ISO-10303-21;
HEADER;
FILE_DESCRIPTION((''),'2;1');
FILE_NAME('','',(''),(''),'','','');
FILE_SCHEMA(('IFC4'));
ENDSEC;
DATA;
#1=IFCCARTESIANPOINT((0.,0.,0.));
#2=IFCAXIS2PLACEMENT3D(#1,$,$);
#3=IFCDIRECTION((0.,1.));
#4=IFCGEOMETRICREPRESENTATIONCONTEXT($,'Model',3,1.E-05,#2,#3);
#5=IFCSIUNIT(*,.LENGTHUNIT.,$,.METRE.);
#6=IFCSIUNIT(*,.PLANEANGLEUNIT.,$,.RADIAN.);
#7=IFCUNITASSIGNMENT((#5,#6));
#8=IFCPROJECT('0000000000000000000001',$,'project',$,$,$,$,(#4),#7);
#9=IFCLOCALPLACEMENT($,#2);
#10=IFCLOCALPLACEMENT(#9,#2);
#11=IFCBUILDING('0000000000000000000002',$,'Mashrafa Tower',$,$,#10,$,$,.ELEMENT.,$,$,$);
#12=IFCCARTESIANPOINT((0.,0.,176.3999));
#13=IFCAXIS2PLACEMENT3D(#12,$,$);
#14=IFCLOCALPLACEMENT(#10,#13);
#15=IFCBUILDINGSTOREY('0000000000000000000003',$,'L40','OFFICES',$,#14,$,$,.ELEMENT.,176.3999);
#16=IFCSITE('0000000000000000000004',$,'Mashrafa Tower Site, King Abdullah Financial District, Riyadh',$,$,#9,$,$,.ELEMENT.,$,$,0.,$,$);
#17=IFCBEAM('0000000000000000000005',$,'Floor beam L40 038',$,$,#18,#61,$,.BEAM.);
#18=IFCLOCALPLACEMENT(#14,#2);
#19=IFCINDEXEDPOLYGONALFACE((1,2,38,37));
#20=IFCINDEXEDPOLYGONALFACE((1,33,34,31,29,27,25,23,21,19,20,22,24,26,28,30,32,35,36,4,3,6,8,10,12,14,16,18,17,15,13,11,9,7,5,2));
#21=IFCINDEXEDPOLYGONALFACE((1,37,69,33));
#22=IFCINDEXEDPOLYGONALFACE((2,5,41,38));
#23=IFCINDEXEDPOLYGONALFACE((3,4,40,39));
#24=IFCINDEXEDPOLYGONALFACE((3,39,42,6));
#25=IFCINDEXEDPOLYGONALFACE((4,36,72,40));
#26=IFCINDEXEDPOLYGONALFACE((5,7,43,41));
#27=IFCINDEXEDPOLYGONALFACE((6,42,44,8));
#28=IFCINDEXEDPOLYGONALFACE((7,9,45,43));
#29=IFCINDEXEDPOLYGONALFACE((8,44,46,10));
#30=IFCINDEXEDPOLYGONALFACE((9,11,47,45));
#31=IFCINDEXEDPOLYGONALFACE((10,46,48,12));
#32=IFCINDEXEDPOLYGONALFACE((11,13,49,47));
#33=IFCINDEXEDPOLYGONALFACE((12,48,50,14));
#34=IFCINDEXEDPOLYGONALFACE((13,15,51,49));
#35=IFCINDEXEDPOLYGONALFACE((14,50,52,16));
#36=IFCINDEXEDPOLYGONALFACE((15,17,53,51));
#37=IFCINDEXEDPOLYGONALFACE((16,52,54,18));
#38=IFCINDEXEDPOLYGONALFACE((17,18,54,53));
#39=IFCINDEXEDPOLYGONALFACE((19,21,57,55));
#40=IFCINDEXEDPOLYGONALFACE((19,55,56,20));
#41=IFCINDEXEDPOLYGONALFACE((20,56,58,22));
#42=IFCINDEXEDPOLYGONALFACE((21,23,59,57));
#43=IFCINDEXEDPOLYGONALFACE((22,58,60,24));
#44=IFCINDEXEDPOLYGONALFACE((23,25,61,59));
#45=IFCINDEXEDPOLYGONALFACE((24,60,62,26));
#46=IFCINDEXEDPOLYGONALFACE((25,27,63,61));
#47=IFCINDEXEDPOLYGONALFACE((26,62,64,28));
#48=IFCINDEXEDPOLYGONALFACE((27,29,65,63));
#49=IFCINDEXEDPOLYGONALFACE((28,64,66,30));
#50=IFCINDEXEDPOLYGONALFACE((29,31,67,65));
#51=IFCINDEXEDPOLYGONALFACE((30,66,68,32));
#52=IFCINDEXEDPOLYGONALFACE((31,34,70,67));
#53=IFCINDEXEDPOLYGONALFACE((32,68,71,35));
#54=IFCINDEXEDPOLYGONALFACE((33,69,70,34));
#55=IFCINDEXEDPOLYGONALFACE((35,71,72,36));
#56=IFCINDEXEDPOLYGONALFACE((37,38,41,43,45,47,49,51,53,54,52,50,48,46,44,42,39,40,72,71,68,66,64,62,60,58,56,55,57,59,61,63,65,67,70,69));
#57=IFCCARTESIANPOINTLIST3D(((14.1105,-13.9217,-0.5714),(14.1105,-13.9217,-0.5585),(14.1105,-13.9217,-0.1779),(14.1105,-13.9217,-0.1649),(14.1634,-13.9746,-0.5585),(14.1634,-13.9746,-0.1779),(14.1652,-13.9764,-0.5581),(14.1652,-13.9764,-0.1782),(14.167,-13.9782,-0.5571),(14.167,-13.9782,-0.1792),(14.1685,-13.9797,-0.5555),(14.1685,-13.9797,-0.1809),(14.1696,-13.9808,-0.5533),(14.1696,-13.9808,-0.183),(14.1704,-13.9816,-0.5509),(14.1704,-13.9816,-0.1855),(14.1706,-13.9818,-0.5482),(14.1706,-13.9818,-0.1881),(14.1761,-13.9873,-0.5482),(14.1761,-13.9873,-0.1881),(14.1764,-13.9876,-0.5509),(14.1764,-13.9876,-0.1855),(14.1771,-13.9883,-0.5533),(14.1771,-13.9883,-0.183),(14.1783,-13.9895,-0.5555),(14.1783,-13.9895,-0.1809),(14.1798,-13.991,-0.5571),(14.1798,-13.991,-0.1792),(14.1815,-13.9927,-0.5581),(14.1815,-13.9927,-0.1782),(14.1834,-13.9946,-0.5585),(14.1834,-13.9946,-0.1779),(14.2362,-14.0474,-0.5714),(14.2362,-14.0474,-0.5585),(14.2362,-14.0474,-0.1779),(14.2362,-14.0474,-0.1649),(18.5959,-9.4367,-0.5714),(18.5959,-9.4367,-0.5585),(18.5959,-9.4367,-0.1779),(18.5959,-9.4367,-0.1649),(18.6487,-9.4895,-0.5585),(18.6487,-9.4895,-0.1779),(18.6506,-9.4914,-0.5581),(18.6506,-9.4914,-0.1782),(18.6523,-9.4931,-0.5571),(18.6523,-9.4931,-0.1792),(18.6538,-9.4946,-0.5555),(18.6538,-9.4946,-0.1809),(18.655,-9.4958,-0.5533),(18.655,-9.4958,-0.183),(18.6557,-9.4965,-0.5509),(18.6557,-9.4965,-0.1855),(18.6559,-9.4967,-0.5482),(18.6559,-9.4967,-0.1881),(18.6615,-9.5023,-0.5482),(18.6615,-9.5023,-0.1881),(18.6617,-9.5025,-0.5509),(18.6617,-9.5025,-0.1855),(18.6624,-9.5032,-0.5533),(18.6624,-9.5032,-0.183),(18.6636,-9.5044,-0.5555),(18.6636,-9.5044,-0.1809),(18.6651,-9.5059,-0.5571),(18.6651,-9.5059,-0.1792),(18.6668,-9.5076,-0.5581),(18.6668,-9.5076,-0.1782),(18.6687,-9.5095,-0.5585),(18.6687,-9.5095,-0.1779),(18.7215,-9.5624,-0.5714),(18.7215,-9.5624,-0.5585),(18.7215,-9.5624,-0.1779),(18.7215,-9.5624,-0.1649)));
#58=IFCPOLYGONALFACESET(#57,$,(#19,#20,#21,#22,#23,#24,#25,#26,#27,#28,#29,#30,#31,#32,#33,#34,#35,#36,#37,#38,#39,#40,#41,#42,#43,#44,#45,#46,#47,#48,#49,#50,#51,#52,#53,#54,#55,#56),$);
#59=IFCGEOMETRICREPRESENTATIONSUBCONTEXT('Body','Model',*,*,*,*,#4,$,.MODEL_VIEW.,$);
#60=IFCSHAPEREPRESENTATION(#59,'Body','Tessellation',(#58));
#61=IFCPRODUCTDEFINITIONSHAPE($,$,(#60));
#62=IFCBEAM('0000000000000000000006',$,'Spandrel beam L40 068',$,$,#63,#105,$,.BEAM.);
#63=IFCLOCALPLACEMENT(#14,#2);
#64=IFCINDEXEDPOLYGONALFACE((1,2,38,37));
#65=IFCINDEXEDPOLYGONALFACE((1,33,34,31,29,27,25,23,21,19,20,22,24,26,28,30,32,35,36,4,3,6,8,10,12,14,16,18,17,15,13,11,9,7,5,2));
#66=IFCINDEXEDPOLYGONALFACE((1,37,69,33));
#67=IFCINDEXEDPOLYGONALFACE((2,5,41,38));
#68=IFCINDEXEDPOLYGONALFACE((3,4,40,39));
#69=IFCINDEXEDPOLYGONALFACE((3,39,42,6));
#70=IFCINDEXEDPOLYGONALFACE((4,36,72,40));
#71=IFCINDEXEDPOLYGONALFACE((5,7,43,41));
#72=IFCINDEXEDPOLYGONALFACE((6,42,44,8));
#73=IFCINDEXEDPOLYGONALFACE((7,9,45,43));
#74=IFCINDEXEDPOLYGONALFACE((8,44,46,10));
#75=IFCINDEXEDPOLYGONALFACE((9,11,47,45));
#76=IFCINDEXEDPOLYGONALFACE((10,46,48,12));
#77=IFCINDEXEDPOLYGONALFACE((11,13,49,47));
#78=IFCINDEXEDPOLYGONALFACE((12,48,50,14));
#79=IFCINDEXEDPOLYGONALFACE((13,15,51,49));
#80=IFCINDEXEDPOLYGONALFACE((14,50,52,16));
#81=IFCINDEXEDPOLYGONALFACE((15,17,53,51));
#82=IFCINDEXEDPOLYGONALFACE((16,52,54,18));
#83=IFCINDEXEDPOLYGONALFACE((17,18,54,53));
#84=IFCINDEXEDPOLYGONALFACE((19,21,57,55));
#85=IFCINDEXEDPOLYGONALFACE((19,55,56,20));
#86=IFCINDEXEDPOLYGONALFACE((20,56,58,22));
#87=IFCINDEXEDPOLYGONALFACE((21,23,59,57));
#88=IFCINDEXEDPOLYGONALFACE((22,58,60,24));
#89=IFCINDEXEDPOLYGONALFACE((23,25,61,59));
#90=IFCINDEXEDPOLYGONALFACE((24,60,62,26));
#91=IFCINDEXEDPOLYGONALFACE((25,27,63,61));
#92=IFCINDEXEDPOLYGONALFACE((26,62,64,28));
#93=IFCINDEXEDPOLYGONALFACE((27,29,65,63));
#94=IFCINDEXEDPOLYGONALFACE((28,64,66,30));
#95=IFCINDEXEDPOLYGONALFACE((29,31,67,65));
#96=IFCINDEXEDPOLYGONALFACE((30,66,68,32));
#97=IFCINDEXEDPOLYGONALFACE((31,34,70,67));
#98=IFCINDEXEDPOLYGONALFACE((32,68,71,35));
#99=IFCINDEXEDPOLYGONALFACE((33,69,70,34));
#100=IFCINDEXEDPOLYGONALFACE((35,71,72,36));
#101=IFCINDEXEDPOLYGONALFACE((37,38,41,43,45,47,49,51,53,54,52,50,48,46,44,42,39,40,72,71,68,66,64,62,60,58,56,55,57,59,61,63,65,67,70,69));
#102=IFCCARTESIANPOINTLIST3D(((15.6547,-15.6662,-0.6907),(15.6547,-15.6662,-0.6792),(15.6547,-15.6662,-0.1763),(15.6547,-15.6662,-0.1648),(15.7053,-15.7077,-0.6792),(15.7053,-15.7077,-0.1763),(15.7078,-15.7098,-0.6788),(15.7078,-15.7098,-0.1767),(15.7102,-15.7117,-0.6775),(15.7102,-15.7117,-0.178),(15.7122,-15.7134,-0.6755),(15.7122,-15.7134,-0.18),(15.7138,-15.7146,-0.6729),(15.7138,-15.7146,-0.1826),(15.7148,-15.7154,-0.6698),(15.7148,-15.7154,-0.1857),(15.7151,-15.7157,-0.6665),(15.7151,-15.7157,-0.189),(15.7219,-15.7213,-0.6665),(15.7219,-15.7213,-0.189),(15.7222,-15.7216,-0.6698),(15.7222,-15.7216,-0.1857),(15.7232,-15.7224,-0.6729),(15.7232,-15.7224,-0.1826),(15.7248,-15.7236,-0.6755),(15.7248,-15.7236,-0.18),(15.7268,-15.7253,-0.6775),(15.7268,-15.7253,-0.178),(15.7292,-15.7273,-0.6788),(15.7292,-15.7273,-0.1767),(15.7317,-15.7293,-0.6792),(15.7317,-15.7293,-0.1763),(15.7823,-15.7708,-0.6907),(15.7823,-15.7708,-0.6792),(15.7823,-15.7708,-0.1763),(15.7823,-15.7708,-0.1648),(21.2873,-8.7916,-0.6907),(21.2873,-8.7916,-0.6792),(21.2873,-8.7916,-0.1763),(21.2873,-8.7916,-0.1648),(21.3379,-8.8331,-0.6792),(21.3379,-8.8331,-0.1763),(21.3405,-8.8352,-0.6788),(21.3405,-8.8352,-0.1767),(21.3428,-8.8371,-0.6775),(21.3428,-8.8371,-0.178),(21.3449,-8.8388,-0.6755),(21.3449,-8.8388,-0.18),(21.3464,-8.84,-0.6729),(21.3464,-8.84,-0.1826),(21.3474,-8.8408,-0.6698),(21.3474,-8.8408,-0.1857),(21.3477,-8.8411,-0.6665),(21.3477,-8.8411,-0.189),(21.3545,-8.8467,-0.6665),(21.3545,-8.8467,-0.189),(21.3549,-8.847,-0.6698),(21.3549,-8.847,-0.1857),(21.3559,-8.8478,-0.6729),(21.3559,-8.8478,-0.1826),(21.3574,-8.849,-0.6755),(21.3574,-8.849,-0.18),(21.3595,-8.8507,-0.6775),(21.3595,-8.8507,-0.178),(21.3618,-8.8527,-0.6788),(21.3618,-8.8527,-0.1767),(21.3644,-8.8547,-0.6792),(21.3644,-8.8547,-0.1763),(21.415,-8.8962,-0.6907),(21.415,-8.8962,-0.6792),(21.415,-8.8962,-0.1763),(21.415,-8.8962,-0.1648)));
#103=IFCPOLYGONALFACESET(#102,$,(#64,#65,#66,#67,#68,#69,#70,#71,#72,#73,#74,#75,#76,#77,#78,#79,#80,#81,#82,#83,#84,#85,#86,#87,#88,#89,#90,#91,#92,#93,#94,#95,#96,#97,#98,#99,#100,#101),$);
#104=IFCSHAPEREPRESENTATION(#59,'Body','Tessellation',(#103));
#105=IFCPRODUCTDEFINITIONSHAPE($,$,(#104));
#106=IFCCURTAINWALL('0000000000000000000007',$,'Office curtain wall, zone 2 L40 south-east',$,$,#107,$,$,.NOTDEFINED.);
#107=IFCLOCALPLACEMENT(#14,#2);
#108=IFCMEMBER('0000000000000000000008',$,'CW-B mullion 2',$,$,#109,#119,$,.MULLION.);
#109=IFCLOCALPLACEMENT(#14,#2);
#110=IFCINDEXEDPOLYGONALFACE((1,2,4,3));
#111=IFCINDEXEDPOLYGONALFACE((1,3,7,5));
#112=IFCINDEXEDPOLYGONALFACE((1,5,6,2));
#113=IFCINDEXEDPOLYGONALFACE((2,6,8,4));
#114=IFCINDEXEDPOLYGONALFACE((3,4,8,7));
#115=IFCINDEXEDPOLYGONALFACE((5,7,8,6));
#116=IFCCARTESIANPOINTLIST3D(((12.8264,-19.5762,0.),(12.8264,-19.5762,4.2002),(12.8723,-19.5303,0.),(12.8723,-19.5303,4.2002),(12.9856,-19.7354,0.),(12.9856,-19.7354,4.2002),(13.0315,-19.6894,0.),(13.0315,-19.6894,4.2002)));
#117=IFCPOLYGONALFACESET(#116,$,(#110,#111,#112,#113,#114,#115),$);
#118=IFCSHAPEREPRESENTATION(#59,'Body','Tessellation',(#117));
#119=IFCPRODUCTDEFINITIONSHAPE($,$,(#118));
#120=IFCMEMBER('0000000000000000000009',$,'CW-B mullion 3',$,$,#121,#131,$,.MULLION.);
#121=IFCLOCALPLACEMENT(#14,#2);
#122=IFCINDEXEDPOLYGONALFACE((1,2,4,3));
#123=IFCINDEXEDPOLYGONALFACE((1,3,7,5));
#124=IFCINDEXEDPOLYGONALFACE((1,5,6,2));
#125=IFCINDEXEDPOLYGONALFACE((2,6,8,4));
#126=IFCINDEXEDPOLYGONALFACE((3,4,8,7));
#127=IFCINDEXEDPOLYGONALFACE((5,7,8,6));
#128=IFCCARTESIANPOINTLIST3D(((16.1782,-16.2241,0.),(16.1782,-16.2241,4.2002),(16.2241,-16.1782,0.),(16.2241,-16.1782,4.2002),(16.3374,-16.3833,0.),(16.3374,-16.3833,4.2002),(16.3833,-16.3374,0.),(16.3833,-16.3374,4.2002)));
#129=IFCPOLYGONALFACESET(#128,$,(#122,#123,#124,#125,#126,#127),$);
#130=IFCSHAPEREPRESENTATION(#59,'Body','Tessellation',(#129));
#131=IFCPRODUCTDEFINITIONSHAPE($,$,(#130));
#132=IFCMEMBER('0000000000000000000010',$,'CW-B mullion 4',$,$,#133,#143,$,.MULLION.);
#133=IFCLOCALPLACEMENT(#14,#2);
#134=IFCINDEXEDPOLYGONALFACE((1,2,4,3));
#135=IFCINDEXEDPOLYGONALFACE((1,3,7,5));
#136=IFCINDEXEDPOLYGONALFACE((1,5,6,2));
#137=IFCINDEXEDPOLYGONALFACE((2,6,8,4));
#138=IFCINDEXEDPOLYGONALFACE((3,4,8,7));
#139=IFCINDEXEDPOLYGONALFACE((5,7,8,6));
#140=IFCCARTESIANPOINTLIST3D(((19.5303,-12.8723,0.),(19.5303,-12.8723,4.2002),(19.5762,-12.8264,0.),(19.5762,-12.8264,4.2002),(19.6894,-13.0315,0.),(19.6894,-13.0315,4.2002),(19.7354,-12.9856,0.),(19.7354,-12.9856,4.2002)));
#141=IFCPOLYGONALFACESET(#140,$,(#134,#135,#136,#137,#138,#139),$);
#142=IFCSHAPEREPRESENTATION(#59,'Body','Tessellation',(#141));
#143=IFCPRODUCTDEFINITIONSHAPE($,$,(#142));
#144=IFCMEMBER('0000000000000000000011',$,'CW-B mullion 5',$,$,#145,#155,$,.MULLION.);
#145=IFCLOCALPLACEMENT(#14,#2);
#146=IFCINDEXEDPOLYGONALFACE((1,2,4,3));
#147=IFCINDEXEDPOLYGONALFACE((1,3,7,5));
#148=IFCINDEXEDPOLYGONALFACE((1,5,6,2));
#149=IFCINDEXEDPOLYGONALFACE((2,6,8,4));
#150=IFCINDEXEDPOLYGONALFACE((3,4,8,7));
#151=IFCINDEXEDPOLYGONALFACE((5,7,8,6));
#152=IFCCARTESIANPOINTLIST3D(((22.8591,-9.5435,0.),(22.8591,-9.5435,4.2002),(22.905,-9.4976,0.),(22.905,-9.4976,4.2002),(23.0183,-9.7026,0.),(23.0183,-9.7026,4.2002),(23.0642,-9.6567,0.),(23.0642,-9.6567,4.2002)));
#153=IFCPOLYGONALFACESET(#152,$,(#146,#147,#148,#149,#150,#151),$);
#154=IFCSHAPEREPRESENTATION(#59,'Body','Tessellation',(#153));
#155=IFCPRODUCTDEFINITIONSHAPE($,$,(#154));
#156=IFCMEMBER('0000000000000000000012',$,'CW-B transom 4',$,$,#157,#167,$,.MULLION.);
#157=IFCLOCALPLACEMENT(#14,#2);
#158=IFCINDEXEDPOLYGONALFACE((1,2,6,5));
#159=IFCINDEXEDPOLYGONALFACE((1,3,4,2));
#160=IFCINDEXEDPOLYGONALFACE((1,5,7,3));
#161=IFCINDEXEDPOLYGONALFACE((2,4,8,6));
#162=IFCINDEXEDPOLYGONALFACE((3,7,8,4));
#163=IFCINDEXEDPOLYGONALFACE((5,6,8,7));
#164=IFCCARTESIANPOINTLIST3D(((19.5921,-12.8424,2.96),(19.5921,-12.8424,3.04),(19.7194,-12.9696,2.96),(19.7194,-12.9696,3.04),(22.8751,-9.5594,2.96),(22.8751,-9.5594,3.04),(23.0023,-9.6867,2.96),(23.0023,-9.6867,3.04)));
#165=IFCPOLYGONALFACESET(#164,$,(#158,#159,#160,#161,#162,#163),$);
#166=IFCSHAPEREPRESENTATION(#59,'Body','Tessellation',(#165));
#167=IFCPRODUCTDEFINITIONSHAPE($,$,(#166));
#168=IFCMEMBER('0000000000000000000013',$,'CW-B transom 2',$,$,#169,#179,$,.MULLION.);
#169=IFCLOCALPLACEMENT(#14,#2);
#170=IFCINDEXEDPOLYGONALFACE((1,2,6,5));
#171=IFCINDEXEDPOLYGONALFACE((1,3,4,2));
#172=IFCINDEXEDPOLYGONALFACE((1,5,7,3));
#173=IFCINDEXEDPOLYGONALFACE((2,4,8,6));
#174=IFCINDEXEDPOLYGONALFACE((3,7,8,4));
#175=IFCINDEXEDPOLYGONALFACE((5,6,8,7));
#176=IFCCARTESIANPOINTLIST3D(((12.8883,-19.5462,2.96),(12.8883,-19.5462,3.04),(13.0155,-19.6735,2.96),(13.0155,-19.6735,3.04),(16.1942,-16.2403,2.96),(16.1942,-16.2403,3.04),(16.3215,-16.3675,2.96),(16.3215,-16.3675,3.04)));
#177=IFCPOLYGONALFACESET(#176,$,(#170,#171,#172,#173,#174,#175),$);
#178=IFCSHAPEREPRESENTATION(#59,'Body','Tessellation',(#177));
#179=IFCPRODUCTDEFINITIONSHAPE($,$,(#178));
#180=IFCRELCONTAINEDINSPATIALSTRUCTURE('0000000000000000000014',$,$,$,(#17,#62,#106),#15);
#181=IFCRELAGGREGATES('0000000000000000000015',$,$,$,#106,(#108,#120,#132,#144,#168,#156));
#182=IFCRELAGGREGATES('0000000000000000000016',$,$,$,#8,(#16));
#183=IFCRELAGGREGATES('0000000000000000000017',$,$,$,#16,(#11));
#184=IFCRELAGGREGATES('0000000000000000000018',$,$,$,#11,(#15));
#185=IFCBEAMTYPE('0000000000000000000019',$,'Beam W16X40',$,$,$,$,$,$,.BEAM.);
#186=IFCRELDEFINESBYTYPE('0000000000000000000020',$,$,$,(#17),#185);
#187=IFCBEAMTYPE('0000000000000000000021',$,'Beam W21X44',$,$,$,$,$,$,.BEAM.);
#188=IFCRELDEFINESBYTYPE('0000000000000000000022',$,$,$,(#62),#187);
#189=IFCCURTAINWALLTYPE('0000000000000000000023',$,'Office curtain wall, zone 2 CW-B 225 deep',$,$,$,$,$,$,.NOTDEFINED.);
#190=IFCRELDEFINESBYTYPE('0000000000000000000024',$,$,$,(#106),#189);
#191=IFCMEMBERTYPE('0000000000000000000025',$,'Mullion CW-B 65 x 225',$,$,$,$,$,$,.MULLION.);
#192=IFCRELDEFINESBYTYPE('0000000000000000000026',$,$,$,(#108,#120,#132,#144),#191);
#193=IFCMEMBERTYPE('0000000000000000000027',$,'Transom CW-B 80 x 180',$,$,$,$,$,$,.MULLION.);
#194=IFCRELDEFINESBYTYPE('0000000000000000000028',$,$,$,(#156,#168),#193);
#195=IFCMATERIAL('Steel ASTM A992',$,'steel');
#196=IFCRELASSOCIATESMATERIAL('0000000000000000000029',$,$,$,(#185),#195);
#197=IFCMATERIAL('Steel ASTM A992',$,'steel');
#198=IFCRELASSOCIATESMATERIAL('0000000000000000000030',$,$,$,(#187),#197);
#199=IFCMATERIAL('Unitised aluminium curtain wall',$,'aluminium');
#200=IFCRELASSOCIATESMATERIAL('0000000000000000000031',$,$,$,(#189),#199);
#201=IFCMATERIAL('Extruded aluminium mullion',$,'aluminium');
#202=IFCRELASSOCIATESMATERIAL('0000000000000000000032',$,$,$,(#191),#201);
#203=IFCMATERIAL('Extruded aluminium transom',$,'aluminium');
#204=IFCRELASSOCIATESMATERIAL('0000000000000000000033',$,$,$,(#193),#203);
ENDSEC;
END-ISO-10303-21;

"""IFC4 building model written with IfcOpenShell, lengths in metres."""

from ifc_helpers import new_model, si_unit, direction, frame, origin, origin_2d, place, context, subcontext, project, spatial, rectangle, i_section, extrude, source, transform, mapped, material, material_profile, profile_set, type_object, type_shapes, element, aggregate, save


model = new_model("IFC4")

# Units and contexts
model_context = context("Model", 3, precision=1e-05, world=origin(), true_north=direction((0.0, 1.0)))
body_context = subcontext(model_context, "Body", "Model", "MODEL_VIEW")
ifc_project = project(units=[si_unit("LENGTHUNIT", "METRE"), si_unit("PLANEANGLEUNIT", "RADIAN")], contexts=[model_context])

# Site, building, storey
site_placement = place(None, origin())
site = spatial("IfcSite", under=ifc_project, at=site_placement, Name="Mashrafa Tower Site, King Abdullah Financial District, Riyadh", CompositionType="ELEMENT", RefElevation=0.0)
building_placement = place(site_placement, origin())
building = spatial("IfcBuilding", under=site, at=building_placement, Name="Mashrafa Tower", CompositionType="ELEMENT")
storey_placement = place(building_placement, frame((0.0, 0.0, 176.3999)))
storey = spatial("IfcBuildingStorey", under=building, at=storey_placement, Name="L40", Description="OFFICES", CompositionType="ELEMENT", Elevation=176.3999)

# Beams
ifc_material_1 = material(Name="Steel ASTM A992", Category="steel")
ifc_material_profile_1 = material_profile(ifc_material_1, i_section(OverallWidth=0.1777, OverallDepth=0.4065, WebThickness=0.0078, FlangeThickness=0.0129, FilletRadius=0.0103, at=origin_2d()), Name="W16X40")
ifc_profile_set_1 = profile_set([ifc_material_profile_1], Name="Steel ASTM A992")
beam_type_1 = type_object("IfcBeamType", Name="Beam W16X40", PredefinedType="BEAM", material=ifc_profile_set_1)
for number, where, z_axis, x_axis, name in (
    (1, (18.6587, -9.4995, -0.3682), (-0.707126, -0.707088, 0.0), (0.707088, -0.707126, 0.0), "Floor beam L40 038"),
):
    element("IfcBeam", number, at=place(storey_placement, frame(where, z_axis=z_axis, x_axis=x_axis)), inside=storey, type_object=beam_type_1, Name=name, PredefinedType="BEAM", context=body_context, shape_type="SweptSolid", body=[
        extrude(i_section(OverallWidth=0.1777, OverallDepth=0.4065, WebThickness=0.0078, FlangeThickness=0.0129, FilletRadius=0.0103, at=origin_2d()), origin(), (0.0, 0.0, 1.0), 6.343),
    ])
ifc_material_2 = material(Name="Steel ASTM A992", Category="steel")
ifc_material_profile_2 = material_profile(ifc_material_2, i_section(OverallWidth=0.165, OverallDepth=0.5259, WebThickness=0.0088, FlangeThickness=0.0115, FilletRadius=0.0127, at=origin_2d()), Name="W21X44")
ifc_profile_set_2 = profile_set([ifc_material_profile_2], Name="Steel ASTM A992")
beam_type_2 = type_object("IfcBeamType", Name="Beam W21X44", PredefinedType="BEAM", material=ifc_profile_set_2)
beam_placement = place(storey_placement, frame((15.7185, -15.7185, -0.4277), z_axis=(0.633775, 0.773518, 0.0), x_axis=(-0.773518, 0.633775, 0.0)))
element("IfcBeam", 2, at=beam_placement, inside=storey, type_object=beam_type_2, Name="Spandrel beam L40 068", PredefinedType="BEAM", context=body_context, shape_type="SweptSolid", body=[
    extrude(i_section(OverallWidth=0.165, OverallDepth=0.5259, WebThickness=0.0088, FlangeThickness=0.0115, FilletRadius=0.0127, at=origin_2d()), origin(), (0.0, 0.0, 1.0), 8.8875),
])

# Curtain wall, members
ifc_material_3 = material(Name="Unitised aluminium curtain wall", Category="aluminium")
curtain_wall_type = type_object("IfcCurtainWallType", Name="Office curtain wall, zone 2 CW-B 225 deep", PredefinedType="NOTDEFINED", material=ifc_material_3)
curtain_wall_placement = place(storey_placement, origin())
curtain_wall = element("IfcCurtainWall", 3, at=curtain_wall_placement, inside=storey, type_object=curtain_wall_type, Name="Office curtain wall, zone 2 L40 south-east", PredefinedType="NOTDEFINED")
ifc_material_4 = material(Name="Extruded aluminium mullion", Category="aluminium")
ifc_material_profile_3 = material_profile(ifc_material_4, rectangle(XDim=0.2251, YDim=0.0649, at=origin_2d()), Name="Mullion 65x225")
ifc_profile_set_3 = profile_set([ifc_material_profile_3], Name="Extruded aluminium mullion")
member_type_1 = type_object("IfcMemberType", Name="Mullion CW-B 65 x 225", PredefinedType="MULLION", material=ifc_profile_set_3)
shared_shape_1 = source(origin(), body_context, "Body", "SweptSolid", [
    extrude(rectangle(XDim=0.2251, YDim=0.0649, at=origin_2d()), origin(), (0.0, 0.0, 1.0), 4.2002),
])
type_shapes(member_type_1, [shared_shape_1])
member_1_placement = place(storey_placement, frame((12.929, -19.6328, 0.0), z_axis=(0.0, 0.0, 1.0), x_axis=(-0.707107, 0.707107, 0.0)))
member_1 = element("IfcMember", 4, at=member_1_placement, type_object=member_type_1, Name="CW-B mullion 2", PredefinedType="MULLION", context=body_context, shape_type="MappedRepresentation", body=[
    mapped(shared_shape_1, transform((0.0, 0.0, 0.0))),
])
member_2_placement = place(storey_placement, frame((16.2808, -16.2808, 0.0), z_axis=(0.0, 0.0, 1.0), x_axis=(-0.707107, 0.707107, 0.0)))
member_2 = element("IfcMember", 5, at=member_2_placement, type_object=member_type_1, Name="CW-B mullion 3", PredefinedType="MULLION", context=body_context, shape_type="MappedRepresentation", body=[
    mapped(shared_shape_1, transform((0.0, 0.0, 0.0))),
])
member_3_placement = place(storey_placement, frame((19.6328, -12.929, 0.0), z_axis=(0.0, 0.0, 1.0), x_axis=(-0.707107, 0.707107, 0.0)))
member_3 = element("IfcMember", 6, at=member_3_placement, type_object=member_type_1, Name="CW-B mullion 4", PredefinedType="MULLION", context=body_context, shape_type="MappedRepresentation", body=[
    mapped(shared_shape_1, transform((0.0, 0.0, 0.0))),
])
member_4_placement = place(storey_placement, frame((22.9617, -9.6001, 0.0), z_axis=(0.0, 0.0, 1.0), x_axis=(-0.707107, 0.707107, 0.0)))
member_4 = element("IfcMember", 7, at=member_4_placement, type_object=member_type_1, Name="CW-B mullion 5", PredefinedType="MULLION", context=body_context, shape_type="MappedRepresentation", body=[
    mapped(shared_shape_1, transform((0.0, 0.0, 0.0))),
])
ifc_material_5 = material(Name="Extruded aluminium transom", Category="aluminium")
ifc_material_profile_4 = material_profile(ifc_material_5, rectangle(XDim=0.1799, YDim=0.0801, at=origin_2d()), Name="Transom 80x180")
ifc_profile_set_4 = profile_set([ifc_material_profile_4], Name="Extruded aluminium transom")
member_type_2 = type_object("IfcMemberType", Name="Transom CW-B 80 x 180", PredefinedType="MULLION", material=ifc_profile_set_4)
shared_shape_2 = source(origin(), body_context, "Body", "SweptSolid", [
    extrude(rectangle(XDim=0.1799, YDim=0.0801, at=origin_2d()), origin(), (0.0, 0.0, 1.0), 4.6428),
])
member_5_placement = place(storey_placement, frame((19.6558, -12.906, 3.0), z_axis=(0.707107, 0.707107, 0.0), x_axis=(-0.707107, 0.707107, 0.0)))
member_5 = element("IfcMember", 8, at=member_5_placement, type_object=member_type_2, Name="CW-B transom 4", PredefinedType="MULLION", context=body_context, shape_type="MappedRepresentation", body=[
    mapped(shared_shape_2, transform((0.0, 0.0, 0.0))),
])
shared_shape_3 = source(origin(), body_context, "Body", "SweptSolid", [
    extrude(rectangle(XDim=0.1799, YDim=0.0801, at=origin_2d()), origin(), (0.0, 0.0, 1.0), 4.6753),
])
type_shapes(member_type_2, [shared_shape_2, shared_shape_3])
member_6_placement = place(storey_placement, frame((12.9519, -19.6099, 3.0), z_axis=(0.707107, 0.707107, 0.0), x_axis=(-0.707107, 0.707107, 0.0)))
member_6 = element("IfcMember", 9, at=member_6_placement, type_object=member_type_2, Name="CW-B transom 2", PredefinedType="MULLION", context=body_context, shape_type="MappedRepresentation", body=[
    mapped(shared_shape_3, transform((0.0, 0.0, 0.0))),
])
aggregate(curtain_wall, [member_1, member_2, member_3, member_4, member_6, member_5])

save(model, "model.ifc")
